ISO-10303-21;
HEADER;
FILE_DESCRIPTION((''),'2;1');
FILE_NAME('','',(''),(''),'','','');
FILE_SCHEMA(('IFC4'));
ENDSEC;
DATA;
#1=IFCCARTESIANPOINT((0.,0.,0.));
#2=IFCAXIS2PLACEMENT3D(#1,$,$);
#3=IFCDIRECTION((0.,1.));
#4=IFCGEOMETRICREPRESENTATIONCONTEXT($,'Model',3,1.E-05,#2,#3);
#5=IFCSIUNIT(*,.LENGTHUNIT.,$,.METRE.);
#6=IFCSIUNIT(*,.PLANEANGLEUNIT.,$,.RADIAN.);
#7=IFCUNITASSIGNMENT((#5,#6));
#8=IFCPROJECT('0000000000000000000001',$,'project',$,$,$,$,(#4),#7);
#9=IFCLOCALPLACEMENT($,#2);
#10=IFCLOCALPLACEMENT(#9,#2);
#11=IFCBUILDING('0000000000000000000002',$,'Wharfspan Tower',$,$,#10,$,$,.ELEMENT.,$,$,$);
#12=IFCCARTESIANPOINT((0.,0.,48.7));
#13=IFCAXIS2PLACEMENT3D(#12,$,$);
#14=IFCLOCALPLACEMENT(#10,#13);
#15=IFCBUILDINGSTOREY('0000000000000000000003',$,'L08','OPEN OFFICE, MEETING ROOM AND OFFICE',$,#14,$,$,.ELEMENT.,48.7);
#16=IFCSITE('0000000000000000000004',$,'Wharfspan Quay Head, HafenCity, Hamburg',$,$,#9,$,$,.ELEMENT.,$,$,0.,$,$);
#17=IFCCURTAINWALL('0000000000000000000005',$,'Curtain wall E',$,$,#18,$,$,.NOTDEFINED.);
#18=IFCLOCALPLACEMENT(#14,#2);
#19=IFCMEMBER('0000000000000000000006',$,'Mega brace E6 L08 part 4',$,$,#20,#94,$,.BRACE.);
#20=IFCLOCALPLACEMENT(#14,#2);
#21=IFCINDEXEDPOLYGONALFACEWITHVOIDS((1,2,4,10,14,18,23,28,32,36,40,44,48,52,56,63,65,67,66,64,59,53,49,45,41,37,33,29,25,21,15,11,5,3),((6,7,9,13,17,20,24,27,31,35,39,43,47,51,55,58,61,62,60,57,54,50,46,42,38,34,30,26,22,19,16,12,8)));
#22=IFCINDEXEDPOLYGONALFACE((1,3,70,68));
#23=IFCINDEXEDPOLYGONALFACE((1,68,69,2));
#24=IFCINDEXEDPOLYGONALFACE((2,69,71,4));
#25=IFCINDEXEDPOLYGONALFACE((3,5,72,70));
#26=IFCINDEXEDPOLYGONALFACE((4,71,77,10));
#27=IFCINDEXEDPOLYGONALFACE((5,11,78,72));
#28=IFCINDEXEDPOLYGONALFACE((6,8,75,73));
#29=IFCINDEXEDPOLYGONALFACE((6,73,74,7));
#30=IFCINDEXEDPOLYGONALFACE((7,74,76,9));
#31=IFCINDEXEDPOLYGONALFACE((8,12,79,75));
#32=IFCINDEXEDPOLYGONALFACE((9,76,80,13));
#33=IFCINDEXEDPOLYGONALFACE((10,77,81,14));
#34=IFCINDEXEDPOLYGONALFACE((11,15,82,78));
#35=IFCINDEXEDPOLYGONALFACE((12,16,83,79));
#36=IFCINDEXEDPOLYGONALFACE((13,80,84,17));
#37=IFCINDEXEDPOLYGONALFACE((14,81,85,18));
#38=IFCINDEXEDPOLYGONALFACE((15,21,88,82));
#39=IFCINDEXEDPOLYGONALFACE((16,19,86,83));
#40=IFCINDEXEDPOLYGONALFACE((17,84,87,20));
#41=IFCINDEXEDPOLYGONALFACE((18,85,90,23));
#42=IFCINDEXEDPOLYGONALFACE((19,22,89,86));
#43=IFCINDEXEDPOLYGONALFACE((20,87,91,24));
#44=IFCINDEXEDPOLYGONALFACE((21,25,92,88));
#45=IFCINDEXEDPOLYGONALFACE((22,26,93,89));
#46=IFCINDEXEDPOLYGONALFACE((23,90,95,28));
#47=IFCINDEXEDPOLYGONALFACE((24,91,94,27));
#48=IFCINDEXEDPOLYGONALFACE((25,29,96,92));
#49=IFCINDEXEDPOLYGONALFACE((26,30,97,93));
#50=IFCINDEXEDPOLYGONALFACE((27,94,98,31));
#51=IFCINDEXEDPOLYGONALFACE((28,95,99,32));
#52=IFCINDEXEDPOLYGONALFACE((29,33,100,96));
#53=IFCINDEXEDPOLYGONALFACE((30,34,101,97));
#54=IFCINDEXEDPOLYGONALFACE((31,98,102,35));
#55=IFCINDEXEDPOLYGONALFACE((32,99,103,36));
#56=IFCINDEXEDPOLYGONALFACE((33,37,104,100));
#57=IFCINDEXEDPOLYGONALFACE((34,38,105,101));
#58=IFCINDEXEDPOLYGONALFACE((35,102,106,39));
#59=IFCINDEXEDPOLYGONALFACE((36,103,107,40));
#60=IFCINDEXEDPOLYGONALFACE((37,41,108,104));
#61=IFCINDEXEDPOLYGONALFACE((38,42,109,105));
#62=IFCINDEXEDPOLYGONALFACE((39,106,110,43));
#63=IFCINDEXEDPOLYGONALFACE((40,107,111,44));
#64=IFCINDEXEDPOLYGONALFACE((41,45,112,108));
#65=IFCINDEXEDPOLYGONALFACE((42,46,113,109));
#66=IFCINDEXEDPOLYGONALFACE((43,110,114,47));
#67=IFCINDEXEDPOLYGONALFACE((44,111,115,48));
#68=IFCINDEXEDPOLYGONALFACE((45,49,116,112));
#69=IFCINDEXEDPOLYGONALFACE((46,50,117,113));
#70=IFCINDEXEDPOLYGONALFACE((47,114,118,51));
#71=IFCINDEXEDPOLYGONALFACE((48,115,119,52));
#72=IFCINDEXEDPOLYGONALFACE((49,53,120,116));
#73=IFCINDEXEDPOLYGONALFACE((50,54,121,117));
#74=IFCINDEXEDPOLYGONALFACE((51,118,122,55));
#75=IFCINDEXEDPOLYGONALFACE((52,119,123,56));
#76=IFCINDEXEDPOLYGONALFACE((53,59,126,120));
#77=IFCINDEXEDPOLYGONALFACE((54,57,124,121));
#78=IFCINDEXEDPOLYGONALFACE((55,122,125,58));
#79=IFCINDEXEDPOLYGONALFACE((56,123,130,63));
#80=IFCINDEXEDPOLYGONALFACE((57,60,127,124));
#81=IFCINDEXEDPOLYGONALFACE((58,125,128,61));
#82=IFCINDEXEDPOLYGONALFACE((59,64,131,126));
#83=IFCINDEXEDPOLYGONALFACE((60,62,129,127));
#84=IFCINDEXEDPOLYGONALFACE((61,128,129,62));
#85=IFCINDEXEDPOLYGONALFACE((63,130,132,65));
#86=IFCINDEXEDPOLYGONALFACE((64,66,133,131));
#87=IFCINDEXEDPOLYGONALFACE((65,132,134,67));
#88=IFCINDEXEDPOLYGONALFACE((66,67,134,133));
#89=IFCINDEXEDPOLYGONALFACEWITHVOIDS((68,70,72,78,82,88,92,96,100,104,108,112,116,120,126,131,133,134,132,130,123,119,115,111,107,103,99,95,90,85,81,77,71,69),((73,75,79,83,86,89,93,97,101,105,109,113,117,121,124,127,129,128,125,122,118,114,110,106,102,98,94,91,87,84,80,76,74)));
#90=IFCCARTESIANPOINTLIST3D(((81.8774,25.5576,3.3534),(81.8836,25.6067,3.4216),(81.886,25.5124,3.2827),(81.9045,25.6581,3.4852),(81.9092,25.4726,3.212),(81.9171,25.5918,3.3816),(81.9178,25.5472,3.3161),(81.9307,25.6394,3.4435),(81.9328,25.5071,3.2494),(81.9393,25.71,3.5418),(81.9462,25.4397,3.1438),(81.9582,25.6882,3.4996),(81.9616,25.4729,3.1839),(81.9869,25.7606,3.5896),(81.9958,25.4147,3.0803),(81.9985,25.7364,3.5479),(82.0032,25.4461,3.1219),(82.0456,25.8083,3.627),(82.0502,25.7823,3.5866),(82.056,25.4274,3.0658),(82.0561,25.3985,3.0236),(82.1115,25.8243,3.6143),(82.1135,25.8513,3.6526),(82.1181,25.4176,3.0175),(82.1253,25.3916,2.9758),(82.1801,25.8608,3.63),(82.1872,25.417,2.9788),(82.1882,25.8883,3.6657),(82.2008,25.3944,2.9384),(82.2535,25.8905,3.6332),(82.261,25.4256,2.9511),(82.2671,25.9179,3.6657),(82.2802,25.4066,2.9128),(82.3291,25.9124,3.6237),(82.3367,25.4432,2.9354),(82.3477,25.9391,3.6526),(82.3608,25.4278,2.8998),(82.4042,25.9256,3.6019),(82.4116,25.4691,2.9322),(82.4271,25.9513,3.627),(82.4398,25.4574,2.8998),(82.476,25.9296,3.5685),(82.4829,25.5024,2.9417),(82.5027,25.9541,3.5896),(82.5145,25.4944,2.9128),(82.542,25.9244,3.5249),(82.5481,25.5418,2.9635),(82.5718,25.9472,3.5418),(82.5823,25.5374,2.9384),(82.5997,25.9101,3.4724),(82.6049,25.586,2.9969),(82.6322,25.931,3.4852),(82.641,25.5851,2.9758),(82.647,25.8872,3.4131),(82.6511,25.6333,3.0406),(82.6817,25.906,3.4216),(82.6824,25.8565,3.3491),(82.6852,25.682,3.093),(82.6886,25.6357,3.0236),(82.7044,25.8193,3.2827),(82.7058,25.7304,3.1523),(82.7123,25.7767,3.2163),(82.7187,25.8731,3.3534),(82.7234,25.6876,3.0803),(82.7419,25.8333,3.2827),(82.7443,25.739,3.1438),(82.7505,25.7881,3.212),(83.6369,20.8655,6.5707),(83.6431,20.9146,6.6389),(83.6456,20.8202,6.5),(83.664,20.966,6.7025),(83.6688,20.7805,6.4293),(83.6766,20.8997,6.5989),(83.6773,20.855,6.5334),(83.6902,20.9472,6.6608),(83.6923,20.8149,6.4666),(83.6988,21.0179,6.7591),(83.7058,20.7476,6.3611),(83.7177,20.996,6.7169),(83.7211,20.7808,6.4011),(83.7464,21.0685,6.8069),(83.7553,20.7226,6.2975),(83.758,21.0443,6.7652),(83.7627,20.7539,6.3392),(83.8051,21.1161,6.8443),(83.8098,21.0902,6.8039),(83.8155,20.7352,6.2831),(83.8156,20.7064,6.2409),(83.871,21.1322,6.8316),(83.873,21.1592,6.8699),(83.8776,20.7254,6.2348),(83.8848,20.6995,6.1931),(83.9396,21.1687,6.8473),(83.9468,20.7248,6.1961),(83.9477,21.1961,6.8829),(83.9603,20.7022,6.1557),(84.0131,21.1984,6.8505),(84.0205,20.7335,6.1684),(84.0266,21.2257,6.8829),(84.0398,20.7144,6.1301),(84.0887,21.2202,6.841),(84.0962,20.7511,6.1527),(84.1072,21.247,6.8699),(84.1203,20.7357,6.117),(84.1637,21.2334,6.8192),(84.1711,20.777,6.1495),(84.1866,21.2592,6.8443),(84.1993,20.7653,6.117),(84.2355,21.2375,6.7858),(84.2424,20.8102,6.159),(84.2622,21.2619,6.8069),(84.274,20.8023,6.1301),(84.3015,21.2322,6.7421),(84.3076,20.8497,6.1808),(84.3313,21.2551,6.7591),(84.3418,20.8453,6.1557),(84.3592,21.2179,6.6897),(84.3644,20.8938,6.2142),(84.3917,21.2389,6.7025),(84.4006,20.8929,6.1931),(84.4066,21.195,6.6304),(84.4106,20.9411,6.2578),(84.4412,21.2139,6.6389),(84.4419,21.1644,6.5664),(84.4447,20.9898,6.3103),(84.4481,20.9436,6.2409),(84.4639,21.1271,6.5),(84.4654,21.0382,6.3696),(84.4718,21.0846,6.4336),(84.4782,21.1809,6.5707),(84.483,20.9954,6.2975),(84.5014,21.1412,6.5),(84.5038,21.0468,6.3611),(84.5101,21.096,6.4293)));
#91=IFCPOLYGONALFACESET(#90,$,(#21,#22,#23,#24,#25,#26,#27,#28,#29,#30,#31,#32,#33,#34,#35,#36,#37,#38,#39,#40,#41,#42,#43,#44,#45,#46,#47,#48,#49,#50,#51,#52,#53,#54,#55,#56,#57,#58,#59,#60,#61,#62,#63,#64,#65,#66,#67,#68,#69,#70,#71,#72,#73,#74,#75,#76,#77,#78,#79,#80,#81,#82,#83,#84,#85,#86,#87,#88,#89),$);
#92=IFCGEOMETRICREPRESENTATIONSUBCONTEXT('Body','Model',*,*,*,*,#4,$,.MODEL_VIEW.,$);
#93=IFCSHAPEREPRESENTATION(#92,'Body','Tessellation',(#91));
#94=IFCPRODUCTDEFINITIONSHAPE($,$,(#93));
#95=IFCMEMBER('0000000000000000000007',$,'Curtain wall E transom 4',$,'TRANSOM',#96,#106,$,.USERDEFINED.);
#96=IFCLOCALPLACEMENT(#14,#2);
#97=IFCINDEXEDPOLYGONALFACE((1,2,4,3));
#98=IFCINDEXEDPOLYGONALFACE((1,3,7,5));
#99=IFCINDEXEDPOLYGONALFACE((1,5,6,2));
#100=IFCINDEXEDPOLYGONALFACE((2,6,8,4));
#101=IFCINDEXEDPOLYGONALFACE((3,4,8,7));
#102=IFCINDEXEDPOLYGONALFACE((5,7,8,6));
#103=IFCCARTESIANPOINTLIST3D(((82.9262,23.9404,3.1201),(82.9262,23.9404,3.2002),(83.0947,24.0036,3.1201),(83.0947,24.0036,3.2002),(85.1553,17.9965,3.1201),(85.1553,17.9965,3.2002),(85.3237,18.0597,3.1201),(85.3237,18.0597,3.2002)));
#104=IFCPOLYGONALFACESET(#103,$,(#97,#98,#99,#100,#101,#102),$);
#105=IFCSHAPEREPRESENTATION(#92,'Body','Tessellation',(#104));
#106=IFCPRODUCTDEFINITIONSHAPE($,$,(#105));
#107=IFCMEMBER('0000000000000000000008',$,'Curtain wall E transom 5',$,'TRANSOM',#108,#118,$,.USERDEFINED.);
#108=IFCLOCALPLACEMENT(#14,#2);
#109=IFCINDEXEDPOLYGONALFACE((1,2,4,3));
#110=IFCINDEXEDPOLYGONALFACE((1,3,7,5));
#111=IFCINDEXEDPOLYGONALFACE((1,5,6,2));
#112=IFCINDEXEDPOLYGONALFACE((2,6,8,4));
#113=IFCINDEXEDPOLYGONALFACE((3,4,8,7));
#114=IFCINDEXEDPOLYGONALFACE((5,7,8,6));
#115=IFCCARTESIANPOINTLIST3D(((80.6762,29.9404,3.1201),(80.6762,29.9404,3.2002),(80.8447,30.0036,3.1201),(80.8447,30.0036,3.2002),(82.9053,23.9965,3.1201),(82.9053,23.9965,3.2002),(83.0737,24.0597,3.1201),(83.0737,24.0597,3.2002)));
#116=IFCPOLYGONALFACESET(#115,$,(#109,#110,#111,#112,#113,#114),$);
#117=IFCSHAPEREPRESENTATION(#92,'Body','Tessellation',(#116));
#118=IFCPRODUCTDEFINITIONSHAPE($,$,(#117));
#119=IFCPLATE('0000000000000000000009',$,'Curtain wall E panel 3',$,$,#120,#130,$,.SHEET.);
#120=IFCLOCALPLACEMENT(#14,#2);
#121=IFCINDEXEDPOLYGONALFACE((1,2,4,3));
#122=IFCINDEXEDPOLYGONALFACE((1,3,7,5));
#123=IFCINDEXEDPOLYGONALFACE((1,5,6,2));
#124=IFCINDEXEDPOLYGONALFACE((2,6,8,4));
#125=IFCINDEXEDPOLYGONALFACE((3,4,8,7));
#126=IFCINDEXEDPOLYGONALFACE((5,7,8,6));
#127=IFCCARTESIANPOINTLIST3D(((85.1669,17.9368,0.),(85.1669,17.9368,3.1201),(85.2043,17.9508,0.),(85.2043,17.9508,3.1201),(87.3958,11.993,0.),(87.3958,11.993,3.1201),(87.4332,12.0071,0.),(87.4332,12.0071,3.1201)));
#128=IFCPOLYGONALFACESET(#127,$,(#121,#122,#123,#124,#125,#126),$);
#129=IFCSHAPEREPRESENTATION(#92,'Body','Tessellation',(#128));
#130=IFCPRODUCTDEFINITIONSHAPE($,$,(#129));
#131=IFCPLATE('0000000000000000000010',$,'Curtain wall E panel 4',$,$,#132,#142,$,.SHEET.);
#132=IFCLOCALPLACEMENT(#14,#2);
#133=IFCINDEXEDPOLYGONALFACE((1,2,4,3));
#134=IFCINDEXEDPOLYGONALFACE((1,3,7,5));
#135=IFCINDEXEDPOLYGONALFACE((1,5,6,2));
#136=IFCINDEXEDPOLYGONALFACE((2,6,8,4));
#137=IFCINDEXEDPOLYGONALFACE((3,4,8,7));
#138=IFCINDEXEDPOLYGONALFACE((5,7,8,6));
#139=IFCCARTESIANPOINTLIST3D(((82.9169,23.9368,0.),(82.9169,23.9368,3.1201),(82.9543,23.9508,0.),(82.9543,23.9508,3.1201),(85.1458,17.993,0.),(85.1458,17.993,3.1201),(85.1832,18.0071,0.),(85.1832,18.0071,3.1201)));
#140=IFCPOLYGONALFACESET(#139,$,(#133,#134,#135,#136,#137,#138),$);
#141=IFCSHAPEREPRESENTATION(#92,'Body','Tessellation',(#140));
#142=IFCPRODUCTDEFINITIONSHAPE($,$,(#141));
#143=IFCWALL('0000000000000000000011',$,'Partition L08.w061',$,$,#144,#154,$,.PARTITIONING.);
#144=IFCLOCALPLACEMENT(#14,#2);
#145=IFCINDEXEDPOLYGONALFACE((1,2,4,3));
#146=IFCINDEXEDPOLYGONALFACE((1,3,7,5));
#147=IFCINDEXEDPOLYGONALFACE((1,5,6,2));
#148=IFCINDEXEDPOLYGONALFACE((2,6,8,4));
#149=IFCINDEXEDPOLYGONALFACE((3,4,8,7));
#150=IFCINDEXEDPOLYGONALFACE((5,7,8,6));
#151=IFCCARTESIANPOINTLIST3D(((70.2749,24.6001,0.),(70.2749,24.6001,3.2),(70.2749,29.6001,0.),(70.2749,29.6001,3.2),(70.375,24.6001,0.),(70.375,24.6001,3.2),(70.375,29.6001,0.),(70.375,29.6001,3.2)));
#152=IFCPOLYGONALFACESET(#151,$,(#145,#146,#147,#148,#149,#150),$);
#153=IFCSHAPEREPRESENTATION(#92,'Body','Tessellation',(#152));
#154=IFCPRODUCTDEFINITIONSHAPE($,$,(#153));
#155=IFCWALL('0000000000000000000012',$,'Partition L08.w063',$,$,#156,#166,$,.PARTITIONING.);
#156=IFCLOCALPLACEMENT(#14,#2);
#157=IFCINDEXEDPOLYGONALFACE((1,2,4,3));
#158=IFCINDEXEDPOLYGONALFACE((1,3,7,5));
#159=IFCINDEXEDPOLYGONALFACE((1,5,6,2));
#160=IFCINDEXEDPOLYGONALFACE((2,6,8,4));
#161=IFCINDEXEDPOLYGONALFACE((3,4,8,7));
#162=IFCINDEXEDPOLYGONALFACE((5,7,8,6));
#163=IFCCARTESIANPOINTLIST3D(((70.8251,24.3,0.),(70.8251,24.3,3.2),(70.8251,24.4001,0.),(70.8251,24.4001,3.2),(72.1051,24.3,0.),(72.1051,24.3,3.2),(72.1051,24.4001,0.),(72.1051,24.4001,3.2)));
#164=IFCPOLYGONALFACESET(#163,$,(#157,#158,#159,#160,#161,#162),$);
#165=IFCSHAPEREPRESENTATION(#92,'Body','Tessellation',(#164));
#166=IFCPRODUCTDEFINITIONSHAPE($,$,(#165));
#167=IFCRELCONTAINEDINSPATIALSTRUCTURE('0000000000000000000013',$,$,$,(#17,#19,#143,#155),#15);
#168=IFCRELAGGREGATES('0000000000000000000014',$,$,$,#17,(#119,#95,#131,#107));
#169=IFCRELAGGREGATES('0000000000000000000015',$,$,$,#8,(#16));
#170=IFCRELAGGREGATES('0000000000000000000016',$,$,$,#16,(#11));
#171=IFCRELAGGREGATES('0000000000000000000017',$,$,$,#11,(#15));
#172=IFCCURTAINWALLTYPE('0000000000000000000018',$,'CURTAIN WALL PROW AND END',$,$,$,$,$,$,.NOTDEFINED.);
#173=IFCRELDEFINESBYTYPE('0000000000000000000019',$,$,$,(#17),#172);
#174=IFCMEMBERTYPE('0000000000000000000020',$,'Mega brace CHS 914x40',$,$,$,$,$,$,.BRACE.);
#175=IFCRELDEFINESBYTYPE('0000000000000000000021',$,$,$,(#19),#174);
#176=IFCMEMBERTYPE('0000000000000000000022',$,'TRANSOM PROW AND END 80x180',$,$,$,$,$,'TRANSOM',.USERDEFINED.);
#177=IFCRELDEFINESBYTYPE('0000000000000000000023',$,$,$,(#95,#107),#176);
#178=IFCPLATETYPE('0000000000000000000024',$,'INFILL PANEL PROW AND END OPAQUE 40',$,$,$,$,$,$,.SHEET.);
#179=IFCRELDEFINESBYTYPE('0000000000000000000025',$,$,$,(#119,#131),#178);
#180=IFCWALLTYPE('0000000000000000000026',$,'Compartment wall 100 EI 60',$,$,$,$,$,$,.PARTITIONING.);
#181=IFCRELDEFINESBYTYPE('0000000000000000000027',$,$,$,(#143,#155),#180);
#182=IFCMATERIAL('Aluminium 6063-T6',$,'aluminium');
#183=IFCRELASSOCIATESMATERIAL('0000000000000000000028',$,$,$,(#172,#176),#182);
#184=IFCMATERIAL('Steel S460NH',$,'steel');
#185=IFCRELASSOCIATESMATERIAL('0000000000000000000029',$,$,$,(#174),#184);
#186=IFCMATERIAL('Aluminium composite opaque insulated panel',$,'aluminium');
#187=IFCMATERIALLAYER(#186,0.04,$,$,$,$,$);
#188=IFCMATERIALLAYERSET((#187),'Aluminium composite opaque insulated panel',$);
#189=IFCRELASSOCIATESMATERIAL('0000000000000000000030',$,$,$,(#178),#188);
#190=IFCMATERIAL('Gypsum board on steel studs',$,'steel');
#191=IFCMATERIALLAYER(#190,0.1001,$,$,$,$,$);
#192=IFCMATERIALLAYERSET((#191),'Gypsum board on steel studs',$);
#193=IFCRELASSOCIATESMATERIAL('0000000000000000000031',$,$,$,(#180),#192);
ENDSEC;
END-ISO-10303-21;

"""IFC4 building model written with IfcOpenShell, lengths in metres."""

from ifc_helpers import new_model, si_unit, direction, frame, frame_2d, origin, origin_2d, place, context, subcontext, project, spatial, rectangle, hollow_circle, extrude, material, layer, layer_set, material_profile, profile_set, type_object, element, aggregate, save


model = new_model("IFC4")

# Units and contexts
model_context = context("Model", 3, precision=1e-05, world=origin(), true_north=direction((0.0, 1.0)))
body_context = subcontext(model_context, "Body", "Model", "MODEL_VIEW")
ifc_project = project(units=[si_unit("LENGTHUNIT", "METRE"), si_unit("PLANEANGLEUNIT", "RADIAN")], contexts=[model_context])

# Site, building, storey
site_placement = place(None, origin())
site = spatial("IfcSite", under=ifc_project, at=site_placement, Name="Wharfspan Quay Head, HafenCity, Hamburg", CompositionType="ELEMENT", RefElevation=0.0)
building_placement = place(site_placement, origin())
building = spatial("IfcBuilding", under=site, at=building_placement, Name="Wharfspan Tower", CompositionType="ELEMENT")
storey_placement = place(building_placement, frame((0.0, 0.0, 48.7)))
storey = spatial("IfcBuildingStorey", under=building, at=storey_placement, Name="L08", Description="OPEN OFFICE, MEETING ROOM AND OFFICE", CompositionType="ELEMENT", Elevation=48.7)

# Shared definitions
ifc_material_1 = material(Name="Steel S460NH", Category="steel")

# Curtain wall
ifc_material_2 = material(Name="Aluminium 6063-T6", Category="aluminium")
curtain_wall_type = type_object("IfcCurtainWallType", Name="CURTAIN WALL PROW AND END", PredefinedType="NOTDEFINED", material=ifc_material_2)
curtain_wall_placement = place(storey_placement, origin())
curtain_wall = element("IfcCurtainWall", 1, at=curtain_wall_placement, inside=storey, type_object=curtain_wall_type, Name="Curtain wall E", PredefinedType="NOTDEFINED")

# Member
ifc_material_profile_1 = material_profile(ifc_material_1, hollow_circle(Radius=0.457, WallThickness=0.04, at=origin_2d()))
ifc_profile_set_1 = profile_set([ifc_material_profile_1], Name="Steel S460NH")
member_type_1 = type_object("IfcMemberType", Name="Mega brace CHS 914x40", PredefinedType="BRACE", material=ifc_profile_set_1)
for number, where, z_axis, x_axis, name in (
    (2, (82.314, 25.6729, 3.2827), (0.295466, -0.787922, 0.540259), (0.936329, 0.351115, -0.000004), "Mega brace E6 L08 part 4"),
):
    element("IfcMember", number, at=place(storey_placement, frame(where, z_axis=z_axis, x_axis=x_axis)), inside=storey, type_object=member_type_1, Name=name, PredefinedType="BRACE", context=body_context, shape_type="SweptSolid", body=[
        extrude(hollow_circle(Radius=0.457, WallThickness=0.04, at=origin_2d()), origin(), (0.0, 0.0, 1.0), 5.9551),
    ])

# Members
ifc_material_profile_2 = material_profile(ifc_material_2, rectangle(XDim=0.1799, YDim=0.0801, at=origin_2d()))
ifc_profile_set_2 = profile_set([ifc_material_profile_2], Name="Aluminium 6063-T6")
member_type_2 = type_object("IfcMemberType", Name="TRANSOM PROW AND END 80x180", ElementType="TRANSOM", PredefinedType="USERDEFINED", material=ifc_profile_set_2)
member_1_placement = place(storey_placement, frame((85.2395, 18.0281, 3.1602), z_axis=(-0.351132, 0.936326, 0.0), x_axis=(-0.936326, -0.351132, 0.0)))
member_1 = element("IfcMember", 3, at=member_1_placement, type_object=member_type_2, Name="Curtain wall E transom 4", ObjectType="TRANSOM", PredefinedType="USERDEFINED", context=body_context, shape_type="SweptSolid", body=[
    extrude(rectangle(XDim=0.1799, YDim=0.0801, at=origin_2d()), origin(), (0.0, 0.0, 1.0), 6.3481),
])
member_2_placement = place(storey_placement, frame((82.9895, 24.0281, 3.1602), z_axis=(-0.351132, 0.936326, 0.0), x_axis=(-0.936326, -0.351132, 0.0)))
member_2 = element("IfcMember", 4, at=member_2_placement, type_object=member_type_2, Name="Curtain wall E transom 5", ObjectType="TRANSOM", PredefinedType="USERDEFINED", context=body_context, shape_type="SweptSolid", body=[
    extrude(rectangle(XDim=0.1799, YDim=0.0801, at=origin_2d()), origin(), (0.0, 0.0, 1.0), 6.3481),
])

# Plates
ifc_material_3 = material(Name="Aluminium composite opaque insulated panel", Category="aluminium")
ifc_layer_1 = layer(ifc_material_3, 0.04)
ifc_layer_set_1 = layer_set([ifc_layer_1], Name="Aluminium composite opaque insulated panel")
plate_type = type_object("IfcPlateType", Name="INFILL PANEL PROW AND END OPAQUE 40", PredefinedType="SHEET", material=ifc_layer_set_1)
plate_1_placement = place(storey_placement, frame((86.3, 14.9719, 0.0), z_axis=(0.0, 0.0, 1.0), x_axis=(-0.351123, 0.936328, 0.0)))
plate_1 = element("IfcPlate", 5, at=plate_1_placement, type_object=plate_type, Name="Curtain wall E panel 3", PredefinedType="SHEET", context=body_context, shape_type="SweptSolid", body=[
    extrude(rectangle(XDim=6.3479, YDim=0.04, at=origin_2d()), origin(), (0.0, 0.0, 1.0), 3.1201),
])
plate_2_placement = place(storey_placement, frame((84.05, 20.9719, 0.0), z_axis=(0.0, 0.0, 1.0), x_axis=(-0.351123, 0.936328, 0.0)))
plate_2 = element("IfcPlate", 6, at=plate_2_placement, type_object=plate_type, Name="Curtain wall E panel 4", PredefinedType="SHEET", context=body_context, shape_type="SweptSolid", body=[
    extrude(rectangle(XDim=6.3479, YDim=0.04, at=origin_2d()), origin(), (0.0, 0.0, 1.0), 3.1201),
])
aggregate(curtain_wall, [plate_1, member_1, plate_2, member_2])

# Walls
ifc_material_4 = material(Name="Gypsum board on steel studs", Category="steel")
ifc_layer_2 = layer(ifc_material_4, 0.1001)
ifc_layer_set_2 = layer_set([ifc_layer_2], Name="Gypsum board on steel studs")
wall_type_1 = type_object("IfcWallType", Name="Compartment wall 100 EI 60", PredefinedType="PARTITIONING", material=ifc_layer_set_2)
wall_1_placement = place(storey_placement, frame((70.325, 24.6001, 0.0), z_axis=(0.0, 0.0, 1.0), x_axis=(0.0, 1.0, 0.0)))
element("IfcWall", 7, at=wall_1_placement, inside=storey, type_object=wall_type_1, Name="Partition L08.w061", PredefinedType="PARTITIONING", context=body_context, shape_type="SweptSolid", body=[
    extrude(rectangle(XDim=5.0, YDim=0.1001, at=frame_2d((2.5, 0.0))), origin(), (0.0, 0.0, 1.0), 3.2),
])
wall_2_placement = place(storey_placement, frame((70.825, 24.3501, 0.0), z_axis=(0.0, 0.0, 1.0), x_axis=(1.0, 0.0, 0.0)))
element("IfcWall", 8, at=wall_2_placement, inside=storey, type_object=wall_type_1, Name="Partition L08.w063", PredefinedType="PARTITIONING", context=body_context, shape_type="SweptSolid", body=[
    extrude(rectangle(XDim=1.28, YDim=0.1001, at=frame_2d((0.6401, 0.0))), origin(), (0.0, 0.0, 1.0), 3.2),
])

save(model, "model.ifc")
